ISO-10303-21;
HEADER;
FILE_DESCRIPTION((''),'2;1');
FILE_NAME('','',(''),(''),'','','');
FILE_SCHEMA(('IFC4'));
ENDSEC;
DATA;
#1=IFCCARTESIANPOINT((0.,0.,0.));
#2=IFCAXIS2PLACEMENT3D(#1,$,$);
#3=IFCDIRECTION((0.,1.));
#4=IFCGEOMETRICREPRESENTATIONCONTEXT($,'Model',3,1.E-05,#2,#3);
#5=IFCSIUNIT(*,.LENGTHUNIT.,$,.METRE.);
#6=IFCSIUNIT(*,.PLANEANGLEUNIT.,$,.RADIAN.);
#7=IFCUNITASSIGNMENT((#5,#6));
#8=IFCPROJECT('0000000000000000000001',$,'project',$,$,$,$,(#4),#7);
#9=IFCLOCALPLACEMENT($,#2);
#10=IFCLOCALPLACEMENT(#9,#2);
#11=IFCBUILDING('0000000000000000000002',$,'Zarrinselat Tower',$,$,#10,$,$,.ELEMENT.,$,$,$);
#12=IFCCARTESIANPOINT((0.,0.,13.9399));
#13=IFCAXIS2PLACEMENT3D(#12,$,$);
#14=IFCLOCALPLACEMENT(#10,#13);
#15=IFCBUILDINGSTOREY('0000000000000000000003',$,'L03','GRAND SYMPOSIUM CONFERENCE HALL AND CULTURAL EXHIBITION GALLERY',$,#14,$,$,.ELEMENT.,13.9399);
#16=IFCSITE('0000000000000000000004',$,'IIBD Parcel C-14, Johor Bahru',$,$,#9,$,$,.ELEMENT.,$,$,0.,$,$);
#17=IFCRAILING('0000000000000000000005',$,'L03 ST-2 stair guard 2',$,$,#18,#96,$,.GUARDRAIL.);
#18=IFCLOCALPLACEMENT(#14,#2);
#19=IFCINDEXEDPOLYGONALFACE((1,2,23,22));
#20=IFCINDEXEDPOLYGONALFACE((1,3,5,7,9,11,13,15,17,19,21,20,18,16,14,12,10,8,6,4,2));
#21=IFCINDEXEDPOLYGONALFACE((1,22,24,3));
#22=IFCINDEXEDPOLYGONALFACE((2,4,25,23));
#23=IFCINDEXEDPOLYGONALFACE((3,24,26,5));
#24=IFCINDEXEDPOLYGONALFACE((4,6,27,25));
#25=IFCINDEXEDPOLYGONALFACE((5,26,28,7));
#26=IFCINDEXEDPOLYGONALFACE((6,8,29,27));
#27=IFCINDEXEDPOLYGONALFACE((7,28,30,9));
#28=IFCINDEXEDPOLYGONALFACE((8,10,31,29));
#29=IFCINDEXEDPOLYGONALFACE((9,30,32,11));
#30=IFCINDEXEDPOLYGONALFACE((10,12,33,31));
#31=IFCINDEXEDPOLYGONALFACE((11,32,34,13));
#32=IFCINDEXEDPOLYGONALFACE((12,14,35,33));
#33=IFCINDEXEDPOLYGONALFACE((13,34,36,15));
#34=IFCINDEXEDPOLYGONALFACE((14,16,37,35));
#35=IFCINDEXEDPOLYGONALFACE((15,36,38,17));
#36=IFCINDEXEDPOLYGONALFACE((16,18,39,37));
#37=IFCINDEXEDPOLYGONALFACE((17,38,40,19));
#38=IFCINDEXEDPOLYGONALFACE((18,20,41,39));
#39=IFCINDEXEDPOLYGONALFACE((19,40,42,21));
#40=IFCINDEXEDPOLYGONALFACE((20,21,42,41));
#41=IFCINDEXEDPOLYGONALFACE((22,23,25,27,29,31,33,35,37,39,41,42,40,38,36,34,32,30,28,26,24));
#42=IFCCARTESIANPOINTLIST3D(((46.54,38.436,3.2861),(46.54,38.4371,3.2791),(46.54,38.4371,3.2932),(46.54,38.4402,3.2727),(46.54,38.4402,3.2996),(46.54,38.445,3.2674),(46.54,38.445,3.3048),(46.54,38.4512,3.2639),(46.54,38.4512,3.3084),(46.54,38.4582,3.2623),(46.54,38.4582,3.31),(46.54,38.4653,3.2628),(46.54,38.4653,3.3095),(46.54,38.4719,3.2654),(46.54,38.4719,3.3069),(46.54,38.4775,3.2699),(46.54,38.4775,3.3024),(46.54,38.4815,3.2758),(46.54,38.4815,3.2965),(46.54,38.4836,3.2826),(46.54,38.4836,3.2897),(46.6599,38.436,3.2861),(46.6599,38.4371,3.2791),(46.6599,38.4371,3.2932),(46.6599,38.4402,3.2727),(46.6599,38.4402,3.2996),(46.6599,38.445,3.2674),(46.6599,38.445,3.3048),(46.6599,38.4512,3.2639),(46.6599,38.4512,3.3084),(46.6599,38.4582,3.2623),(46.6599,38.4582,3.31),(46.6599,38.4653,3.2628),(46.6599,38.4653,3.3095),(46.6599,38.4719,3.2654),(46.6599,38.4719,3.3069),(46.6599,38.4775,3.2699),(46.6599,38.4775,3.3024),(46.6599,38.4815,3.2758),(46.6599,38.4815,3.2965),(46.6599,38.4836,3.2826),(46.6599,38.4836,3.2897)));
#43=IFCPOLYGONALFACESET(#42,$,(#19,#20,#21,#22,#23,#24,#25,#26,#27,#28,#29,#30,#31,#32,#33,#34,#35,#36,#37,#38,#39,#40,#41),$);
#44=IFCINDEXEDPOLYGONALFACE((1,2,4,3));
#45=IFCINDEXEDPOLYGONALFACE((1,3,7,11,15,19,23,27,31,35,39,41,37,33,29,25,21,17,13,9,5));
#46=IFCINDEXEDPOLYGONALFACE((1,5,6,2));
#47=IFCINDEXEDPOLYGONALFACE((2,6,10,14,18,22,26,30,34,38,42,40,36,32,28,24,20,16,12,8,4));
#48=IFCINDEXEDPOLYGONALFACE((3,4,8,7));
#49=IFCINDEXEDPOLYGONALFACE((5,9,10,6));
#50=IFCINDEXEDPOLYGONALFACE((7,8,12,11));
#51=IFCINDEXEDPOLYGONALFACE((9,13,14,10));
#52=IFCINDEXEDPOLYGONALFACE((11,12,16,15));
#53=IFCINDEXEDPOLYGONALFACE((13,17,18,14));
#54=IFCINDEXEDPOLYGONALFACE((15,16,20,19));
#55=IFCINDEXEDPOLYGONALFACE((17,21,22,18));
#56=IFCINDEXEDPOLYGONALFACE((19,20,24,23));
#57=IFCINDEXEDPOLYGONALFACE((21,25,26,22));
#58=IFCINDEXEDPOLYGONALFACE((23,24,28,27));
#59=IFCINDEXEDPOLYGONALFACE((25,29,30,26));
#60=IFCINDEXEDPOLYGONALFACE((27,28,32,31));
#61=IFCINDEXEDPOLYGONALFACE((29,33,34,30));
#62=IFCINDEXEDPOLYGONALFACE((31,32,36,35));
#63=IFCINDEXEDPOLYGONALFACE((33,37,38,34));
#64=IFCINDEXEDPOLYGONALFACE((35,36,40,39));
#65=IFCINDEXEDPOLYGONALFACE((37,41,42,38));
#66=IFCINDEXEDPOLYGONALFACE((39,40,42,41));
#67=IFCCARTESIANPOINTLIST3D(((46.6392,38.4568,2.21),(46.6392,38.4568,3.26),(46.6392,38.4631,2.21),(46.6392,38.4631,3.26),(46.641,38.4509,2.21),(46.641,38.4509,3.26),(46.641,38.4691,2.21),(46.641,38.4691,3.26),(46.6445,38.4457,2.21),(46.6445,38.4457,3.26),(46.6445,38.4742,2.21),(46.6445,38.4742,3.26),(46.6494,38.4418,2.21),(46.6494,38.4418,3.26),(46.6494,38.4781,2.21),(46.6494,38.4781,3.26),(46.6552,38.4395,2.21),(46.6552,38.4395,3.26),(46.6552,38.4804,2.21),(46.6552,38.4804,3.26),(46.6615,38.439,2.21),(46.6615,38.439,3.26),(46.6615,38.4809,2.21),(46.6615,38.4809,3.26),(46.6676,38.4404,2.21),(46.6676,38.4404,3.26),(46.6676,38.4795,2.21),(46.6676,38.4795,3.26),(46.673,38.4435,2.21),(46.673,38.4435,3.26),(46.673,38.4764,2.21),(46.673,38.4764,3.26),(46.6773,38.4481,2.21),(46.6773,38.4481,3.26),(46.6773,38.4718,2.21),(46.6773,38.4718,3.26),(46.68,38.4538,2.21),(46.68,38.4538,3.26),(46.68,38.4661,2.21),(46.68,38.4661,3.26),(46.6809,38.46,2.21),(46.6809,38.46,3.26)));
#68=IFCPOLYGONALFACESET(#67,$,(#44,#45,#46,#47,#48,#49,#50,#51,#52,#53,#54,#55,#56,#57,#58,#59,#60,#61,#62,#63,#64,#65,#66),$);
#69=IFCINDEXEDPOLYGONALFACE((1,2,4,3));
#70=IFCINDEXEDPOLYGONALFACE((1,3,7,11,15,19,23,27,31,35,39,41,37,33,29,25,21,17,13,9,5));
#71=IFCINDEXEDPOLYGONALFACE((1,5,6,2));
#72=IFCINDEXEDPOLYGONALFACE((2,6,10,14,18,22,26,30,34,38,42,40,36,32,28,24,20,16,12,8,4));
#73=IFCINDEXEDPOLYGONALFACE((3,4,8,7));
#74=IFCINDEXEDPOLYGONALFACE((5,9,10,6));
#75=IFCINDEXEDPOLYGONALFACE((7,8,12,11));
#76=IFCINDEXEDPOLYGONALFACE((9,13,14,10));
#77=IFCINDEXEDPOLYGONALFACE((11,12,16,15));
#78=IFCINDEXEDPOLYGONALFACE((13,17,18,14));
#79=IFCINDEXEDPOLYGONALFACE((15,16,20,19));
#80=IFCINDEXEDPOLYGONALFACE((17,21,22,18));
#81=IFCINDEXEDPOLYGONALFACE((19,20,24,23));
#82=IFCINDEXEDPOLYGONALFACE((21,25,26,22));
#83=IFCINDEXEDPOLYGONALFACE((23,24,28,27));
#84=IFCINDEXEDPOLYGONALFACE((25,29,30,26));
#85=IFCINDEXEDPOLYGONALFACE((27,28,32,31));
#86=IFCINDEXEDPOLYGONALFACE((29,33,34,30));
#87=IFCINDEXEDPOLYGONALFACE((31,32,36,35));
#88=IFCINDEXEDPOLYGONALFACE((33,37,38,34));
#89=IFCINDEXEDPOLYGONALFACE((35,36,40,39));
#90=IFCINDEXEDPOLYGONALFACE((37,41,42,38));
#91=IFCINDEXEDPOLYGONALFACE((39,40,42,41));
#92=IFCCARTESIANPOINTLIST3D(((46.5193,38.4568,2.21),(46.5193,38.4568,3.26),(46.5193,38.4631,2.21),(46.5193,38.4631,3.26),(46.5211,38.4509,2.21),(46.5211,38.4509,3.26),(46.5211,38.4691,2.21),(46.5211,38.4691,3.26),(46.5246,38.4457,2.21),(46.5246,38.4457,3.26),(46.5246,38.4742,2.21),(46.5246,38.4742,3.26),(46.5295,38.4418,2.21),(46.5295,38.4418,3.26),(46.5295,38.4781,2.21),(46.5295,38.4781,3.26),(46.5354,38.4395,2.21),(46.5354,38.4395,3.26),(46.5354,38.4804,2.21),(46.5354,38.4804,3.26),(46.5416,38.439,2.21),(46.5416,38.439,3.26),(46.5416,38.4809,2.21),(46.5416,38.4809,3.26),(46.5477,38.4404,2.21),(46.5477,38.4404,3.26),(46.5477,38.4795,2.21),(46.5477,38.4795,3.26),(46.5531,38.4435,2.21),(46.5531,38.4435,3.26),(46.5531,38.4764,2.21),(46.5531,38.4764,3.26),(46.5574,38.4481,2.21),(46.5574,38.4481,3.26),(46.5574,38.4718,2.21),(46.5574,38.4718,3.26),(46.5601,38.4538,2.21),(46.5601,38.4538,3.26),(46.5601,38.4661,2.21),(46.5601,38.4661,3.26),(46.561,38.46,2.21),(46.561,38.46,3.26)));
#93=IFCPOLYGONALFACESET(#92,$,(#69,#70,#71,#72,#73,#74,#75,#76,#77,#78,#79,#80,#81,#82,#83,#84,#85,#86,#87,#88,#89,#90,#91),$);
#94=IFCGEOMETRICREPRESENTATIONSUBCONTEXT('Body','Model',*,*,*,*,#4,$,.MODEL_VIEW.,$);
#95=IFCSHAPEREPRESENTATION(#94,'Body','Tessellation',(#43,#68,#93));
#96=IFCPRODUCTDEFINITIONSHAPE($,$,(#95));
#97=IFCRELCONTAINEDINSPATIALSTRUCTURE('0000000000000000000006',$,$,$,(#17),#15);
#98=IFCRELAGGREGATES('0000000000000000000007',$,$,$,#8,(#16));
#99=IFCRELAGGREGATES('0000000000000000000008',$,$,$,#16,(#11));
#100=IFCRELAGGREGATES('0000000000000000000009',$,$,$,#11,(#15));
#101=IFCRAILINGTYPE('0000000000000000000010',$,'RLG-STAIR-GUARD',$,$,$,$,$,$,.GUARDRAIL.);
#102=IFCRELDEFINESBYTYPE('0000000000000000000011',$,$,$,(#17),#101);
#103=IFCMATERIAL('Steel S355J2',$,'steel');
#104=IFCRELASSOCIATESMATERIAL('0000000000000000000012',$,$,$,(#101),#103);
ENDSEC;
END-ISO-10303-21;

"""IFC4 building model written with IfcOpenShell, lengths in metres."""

from ifc_helpers import new_model, si_unit, direction, frame, origin, origin_2d, place, context, subcontext, project, spatial, circle, extrude, material, type_object, element, save


model = new_model("IFC4")

# Units and contexts
model_context = context("Model", 3, precision=1e-05, world=origin(), true_north=direction((0.0, 1.0)))
body_context = subcontext(model_context, "Body", "Model", "MODEL_VIEW")
ifc_project = project(units=[si_unit("LENGTHUNIT", "METRE"), si_unit("PLANEANGLEUNIT", "RADIAN")], contexts=[model_context])

# Site, building, storey
site_placement = place(None, origin())
site = spatial("IfcSite", under=ifc_project, at=site_placement, Name="IIBD Parcel C-14, Johor Bahru", CompositionType="ELEMENT", RefElevation=0.0)
building_placement = place(site_placement, origin())
building = spatial("IfcBuilding", under=site, at=building_placement, Name="Zarrinselat Tower", CompositionType="ELEMENT")
storey_placement = place(building_placement, frame((0.0, 0.0, 13.9399)))
storey = spatial("IfcBuildingStorey", under=building, at=storey_placement, Name="L03", Description="GRAND SYMPOSIUM CONFERENCE HALL AND CULTURAL EXHIBITION GALLERY", CompositionType="ELEMENT", Elevation=13.9399)

# Railing
ifc_material_1 = material(Name="Steel S355J2", Category="steel")
railing_type_1 = type_object("IfcRailingType", Name="RLG-STAIR-GUARD", PredefinedType="GUARDRAIL", material=ifc_material_1)
railing_1_placement = place(storey_placement, frame((46.6599, 38.46, 2.21)))
element("IfcRailing", 1, at=railing_1_placement, inside=storey, type_object=railing_type_1, Name="L03 ST-2 stair guard 2", PredefinedType="GUARDRAIL", context=body_context, shape_type="SweptSolid", body=[
    extrude(circle(Radius=0.0239, at=origin_2d()), frame((0.0, 0.0, 1.0762), z_axis=(-1.0, 0.0, 0.0), x_axis=(0.0, -1.0, 0.0)), (0.0, 0.0, 1.0), 0.1199),
    extrude(circle(Radius=0.021, at=origin_2d()), origin(), (0.0, 0.0, 1.0), 1.05),
    extrude(circle(Radius=0.021, at=origin_2d()), frame((-0.1199, 0.0, 0.0)), (0.0, 0.0, 1.0), 1.05),
])

save(model, "model.ifc")
